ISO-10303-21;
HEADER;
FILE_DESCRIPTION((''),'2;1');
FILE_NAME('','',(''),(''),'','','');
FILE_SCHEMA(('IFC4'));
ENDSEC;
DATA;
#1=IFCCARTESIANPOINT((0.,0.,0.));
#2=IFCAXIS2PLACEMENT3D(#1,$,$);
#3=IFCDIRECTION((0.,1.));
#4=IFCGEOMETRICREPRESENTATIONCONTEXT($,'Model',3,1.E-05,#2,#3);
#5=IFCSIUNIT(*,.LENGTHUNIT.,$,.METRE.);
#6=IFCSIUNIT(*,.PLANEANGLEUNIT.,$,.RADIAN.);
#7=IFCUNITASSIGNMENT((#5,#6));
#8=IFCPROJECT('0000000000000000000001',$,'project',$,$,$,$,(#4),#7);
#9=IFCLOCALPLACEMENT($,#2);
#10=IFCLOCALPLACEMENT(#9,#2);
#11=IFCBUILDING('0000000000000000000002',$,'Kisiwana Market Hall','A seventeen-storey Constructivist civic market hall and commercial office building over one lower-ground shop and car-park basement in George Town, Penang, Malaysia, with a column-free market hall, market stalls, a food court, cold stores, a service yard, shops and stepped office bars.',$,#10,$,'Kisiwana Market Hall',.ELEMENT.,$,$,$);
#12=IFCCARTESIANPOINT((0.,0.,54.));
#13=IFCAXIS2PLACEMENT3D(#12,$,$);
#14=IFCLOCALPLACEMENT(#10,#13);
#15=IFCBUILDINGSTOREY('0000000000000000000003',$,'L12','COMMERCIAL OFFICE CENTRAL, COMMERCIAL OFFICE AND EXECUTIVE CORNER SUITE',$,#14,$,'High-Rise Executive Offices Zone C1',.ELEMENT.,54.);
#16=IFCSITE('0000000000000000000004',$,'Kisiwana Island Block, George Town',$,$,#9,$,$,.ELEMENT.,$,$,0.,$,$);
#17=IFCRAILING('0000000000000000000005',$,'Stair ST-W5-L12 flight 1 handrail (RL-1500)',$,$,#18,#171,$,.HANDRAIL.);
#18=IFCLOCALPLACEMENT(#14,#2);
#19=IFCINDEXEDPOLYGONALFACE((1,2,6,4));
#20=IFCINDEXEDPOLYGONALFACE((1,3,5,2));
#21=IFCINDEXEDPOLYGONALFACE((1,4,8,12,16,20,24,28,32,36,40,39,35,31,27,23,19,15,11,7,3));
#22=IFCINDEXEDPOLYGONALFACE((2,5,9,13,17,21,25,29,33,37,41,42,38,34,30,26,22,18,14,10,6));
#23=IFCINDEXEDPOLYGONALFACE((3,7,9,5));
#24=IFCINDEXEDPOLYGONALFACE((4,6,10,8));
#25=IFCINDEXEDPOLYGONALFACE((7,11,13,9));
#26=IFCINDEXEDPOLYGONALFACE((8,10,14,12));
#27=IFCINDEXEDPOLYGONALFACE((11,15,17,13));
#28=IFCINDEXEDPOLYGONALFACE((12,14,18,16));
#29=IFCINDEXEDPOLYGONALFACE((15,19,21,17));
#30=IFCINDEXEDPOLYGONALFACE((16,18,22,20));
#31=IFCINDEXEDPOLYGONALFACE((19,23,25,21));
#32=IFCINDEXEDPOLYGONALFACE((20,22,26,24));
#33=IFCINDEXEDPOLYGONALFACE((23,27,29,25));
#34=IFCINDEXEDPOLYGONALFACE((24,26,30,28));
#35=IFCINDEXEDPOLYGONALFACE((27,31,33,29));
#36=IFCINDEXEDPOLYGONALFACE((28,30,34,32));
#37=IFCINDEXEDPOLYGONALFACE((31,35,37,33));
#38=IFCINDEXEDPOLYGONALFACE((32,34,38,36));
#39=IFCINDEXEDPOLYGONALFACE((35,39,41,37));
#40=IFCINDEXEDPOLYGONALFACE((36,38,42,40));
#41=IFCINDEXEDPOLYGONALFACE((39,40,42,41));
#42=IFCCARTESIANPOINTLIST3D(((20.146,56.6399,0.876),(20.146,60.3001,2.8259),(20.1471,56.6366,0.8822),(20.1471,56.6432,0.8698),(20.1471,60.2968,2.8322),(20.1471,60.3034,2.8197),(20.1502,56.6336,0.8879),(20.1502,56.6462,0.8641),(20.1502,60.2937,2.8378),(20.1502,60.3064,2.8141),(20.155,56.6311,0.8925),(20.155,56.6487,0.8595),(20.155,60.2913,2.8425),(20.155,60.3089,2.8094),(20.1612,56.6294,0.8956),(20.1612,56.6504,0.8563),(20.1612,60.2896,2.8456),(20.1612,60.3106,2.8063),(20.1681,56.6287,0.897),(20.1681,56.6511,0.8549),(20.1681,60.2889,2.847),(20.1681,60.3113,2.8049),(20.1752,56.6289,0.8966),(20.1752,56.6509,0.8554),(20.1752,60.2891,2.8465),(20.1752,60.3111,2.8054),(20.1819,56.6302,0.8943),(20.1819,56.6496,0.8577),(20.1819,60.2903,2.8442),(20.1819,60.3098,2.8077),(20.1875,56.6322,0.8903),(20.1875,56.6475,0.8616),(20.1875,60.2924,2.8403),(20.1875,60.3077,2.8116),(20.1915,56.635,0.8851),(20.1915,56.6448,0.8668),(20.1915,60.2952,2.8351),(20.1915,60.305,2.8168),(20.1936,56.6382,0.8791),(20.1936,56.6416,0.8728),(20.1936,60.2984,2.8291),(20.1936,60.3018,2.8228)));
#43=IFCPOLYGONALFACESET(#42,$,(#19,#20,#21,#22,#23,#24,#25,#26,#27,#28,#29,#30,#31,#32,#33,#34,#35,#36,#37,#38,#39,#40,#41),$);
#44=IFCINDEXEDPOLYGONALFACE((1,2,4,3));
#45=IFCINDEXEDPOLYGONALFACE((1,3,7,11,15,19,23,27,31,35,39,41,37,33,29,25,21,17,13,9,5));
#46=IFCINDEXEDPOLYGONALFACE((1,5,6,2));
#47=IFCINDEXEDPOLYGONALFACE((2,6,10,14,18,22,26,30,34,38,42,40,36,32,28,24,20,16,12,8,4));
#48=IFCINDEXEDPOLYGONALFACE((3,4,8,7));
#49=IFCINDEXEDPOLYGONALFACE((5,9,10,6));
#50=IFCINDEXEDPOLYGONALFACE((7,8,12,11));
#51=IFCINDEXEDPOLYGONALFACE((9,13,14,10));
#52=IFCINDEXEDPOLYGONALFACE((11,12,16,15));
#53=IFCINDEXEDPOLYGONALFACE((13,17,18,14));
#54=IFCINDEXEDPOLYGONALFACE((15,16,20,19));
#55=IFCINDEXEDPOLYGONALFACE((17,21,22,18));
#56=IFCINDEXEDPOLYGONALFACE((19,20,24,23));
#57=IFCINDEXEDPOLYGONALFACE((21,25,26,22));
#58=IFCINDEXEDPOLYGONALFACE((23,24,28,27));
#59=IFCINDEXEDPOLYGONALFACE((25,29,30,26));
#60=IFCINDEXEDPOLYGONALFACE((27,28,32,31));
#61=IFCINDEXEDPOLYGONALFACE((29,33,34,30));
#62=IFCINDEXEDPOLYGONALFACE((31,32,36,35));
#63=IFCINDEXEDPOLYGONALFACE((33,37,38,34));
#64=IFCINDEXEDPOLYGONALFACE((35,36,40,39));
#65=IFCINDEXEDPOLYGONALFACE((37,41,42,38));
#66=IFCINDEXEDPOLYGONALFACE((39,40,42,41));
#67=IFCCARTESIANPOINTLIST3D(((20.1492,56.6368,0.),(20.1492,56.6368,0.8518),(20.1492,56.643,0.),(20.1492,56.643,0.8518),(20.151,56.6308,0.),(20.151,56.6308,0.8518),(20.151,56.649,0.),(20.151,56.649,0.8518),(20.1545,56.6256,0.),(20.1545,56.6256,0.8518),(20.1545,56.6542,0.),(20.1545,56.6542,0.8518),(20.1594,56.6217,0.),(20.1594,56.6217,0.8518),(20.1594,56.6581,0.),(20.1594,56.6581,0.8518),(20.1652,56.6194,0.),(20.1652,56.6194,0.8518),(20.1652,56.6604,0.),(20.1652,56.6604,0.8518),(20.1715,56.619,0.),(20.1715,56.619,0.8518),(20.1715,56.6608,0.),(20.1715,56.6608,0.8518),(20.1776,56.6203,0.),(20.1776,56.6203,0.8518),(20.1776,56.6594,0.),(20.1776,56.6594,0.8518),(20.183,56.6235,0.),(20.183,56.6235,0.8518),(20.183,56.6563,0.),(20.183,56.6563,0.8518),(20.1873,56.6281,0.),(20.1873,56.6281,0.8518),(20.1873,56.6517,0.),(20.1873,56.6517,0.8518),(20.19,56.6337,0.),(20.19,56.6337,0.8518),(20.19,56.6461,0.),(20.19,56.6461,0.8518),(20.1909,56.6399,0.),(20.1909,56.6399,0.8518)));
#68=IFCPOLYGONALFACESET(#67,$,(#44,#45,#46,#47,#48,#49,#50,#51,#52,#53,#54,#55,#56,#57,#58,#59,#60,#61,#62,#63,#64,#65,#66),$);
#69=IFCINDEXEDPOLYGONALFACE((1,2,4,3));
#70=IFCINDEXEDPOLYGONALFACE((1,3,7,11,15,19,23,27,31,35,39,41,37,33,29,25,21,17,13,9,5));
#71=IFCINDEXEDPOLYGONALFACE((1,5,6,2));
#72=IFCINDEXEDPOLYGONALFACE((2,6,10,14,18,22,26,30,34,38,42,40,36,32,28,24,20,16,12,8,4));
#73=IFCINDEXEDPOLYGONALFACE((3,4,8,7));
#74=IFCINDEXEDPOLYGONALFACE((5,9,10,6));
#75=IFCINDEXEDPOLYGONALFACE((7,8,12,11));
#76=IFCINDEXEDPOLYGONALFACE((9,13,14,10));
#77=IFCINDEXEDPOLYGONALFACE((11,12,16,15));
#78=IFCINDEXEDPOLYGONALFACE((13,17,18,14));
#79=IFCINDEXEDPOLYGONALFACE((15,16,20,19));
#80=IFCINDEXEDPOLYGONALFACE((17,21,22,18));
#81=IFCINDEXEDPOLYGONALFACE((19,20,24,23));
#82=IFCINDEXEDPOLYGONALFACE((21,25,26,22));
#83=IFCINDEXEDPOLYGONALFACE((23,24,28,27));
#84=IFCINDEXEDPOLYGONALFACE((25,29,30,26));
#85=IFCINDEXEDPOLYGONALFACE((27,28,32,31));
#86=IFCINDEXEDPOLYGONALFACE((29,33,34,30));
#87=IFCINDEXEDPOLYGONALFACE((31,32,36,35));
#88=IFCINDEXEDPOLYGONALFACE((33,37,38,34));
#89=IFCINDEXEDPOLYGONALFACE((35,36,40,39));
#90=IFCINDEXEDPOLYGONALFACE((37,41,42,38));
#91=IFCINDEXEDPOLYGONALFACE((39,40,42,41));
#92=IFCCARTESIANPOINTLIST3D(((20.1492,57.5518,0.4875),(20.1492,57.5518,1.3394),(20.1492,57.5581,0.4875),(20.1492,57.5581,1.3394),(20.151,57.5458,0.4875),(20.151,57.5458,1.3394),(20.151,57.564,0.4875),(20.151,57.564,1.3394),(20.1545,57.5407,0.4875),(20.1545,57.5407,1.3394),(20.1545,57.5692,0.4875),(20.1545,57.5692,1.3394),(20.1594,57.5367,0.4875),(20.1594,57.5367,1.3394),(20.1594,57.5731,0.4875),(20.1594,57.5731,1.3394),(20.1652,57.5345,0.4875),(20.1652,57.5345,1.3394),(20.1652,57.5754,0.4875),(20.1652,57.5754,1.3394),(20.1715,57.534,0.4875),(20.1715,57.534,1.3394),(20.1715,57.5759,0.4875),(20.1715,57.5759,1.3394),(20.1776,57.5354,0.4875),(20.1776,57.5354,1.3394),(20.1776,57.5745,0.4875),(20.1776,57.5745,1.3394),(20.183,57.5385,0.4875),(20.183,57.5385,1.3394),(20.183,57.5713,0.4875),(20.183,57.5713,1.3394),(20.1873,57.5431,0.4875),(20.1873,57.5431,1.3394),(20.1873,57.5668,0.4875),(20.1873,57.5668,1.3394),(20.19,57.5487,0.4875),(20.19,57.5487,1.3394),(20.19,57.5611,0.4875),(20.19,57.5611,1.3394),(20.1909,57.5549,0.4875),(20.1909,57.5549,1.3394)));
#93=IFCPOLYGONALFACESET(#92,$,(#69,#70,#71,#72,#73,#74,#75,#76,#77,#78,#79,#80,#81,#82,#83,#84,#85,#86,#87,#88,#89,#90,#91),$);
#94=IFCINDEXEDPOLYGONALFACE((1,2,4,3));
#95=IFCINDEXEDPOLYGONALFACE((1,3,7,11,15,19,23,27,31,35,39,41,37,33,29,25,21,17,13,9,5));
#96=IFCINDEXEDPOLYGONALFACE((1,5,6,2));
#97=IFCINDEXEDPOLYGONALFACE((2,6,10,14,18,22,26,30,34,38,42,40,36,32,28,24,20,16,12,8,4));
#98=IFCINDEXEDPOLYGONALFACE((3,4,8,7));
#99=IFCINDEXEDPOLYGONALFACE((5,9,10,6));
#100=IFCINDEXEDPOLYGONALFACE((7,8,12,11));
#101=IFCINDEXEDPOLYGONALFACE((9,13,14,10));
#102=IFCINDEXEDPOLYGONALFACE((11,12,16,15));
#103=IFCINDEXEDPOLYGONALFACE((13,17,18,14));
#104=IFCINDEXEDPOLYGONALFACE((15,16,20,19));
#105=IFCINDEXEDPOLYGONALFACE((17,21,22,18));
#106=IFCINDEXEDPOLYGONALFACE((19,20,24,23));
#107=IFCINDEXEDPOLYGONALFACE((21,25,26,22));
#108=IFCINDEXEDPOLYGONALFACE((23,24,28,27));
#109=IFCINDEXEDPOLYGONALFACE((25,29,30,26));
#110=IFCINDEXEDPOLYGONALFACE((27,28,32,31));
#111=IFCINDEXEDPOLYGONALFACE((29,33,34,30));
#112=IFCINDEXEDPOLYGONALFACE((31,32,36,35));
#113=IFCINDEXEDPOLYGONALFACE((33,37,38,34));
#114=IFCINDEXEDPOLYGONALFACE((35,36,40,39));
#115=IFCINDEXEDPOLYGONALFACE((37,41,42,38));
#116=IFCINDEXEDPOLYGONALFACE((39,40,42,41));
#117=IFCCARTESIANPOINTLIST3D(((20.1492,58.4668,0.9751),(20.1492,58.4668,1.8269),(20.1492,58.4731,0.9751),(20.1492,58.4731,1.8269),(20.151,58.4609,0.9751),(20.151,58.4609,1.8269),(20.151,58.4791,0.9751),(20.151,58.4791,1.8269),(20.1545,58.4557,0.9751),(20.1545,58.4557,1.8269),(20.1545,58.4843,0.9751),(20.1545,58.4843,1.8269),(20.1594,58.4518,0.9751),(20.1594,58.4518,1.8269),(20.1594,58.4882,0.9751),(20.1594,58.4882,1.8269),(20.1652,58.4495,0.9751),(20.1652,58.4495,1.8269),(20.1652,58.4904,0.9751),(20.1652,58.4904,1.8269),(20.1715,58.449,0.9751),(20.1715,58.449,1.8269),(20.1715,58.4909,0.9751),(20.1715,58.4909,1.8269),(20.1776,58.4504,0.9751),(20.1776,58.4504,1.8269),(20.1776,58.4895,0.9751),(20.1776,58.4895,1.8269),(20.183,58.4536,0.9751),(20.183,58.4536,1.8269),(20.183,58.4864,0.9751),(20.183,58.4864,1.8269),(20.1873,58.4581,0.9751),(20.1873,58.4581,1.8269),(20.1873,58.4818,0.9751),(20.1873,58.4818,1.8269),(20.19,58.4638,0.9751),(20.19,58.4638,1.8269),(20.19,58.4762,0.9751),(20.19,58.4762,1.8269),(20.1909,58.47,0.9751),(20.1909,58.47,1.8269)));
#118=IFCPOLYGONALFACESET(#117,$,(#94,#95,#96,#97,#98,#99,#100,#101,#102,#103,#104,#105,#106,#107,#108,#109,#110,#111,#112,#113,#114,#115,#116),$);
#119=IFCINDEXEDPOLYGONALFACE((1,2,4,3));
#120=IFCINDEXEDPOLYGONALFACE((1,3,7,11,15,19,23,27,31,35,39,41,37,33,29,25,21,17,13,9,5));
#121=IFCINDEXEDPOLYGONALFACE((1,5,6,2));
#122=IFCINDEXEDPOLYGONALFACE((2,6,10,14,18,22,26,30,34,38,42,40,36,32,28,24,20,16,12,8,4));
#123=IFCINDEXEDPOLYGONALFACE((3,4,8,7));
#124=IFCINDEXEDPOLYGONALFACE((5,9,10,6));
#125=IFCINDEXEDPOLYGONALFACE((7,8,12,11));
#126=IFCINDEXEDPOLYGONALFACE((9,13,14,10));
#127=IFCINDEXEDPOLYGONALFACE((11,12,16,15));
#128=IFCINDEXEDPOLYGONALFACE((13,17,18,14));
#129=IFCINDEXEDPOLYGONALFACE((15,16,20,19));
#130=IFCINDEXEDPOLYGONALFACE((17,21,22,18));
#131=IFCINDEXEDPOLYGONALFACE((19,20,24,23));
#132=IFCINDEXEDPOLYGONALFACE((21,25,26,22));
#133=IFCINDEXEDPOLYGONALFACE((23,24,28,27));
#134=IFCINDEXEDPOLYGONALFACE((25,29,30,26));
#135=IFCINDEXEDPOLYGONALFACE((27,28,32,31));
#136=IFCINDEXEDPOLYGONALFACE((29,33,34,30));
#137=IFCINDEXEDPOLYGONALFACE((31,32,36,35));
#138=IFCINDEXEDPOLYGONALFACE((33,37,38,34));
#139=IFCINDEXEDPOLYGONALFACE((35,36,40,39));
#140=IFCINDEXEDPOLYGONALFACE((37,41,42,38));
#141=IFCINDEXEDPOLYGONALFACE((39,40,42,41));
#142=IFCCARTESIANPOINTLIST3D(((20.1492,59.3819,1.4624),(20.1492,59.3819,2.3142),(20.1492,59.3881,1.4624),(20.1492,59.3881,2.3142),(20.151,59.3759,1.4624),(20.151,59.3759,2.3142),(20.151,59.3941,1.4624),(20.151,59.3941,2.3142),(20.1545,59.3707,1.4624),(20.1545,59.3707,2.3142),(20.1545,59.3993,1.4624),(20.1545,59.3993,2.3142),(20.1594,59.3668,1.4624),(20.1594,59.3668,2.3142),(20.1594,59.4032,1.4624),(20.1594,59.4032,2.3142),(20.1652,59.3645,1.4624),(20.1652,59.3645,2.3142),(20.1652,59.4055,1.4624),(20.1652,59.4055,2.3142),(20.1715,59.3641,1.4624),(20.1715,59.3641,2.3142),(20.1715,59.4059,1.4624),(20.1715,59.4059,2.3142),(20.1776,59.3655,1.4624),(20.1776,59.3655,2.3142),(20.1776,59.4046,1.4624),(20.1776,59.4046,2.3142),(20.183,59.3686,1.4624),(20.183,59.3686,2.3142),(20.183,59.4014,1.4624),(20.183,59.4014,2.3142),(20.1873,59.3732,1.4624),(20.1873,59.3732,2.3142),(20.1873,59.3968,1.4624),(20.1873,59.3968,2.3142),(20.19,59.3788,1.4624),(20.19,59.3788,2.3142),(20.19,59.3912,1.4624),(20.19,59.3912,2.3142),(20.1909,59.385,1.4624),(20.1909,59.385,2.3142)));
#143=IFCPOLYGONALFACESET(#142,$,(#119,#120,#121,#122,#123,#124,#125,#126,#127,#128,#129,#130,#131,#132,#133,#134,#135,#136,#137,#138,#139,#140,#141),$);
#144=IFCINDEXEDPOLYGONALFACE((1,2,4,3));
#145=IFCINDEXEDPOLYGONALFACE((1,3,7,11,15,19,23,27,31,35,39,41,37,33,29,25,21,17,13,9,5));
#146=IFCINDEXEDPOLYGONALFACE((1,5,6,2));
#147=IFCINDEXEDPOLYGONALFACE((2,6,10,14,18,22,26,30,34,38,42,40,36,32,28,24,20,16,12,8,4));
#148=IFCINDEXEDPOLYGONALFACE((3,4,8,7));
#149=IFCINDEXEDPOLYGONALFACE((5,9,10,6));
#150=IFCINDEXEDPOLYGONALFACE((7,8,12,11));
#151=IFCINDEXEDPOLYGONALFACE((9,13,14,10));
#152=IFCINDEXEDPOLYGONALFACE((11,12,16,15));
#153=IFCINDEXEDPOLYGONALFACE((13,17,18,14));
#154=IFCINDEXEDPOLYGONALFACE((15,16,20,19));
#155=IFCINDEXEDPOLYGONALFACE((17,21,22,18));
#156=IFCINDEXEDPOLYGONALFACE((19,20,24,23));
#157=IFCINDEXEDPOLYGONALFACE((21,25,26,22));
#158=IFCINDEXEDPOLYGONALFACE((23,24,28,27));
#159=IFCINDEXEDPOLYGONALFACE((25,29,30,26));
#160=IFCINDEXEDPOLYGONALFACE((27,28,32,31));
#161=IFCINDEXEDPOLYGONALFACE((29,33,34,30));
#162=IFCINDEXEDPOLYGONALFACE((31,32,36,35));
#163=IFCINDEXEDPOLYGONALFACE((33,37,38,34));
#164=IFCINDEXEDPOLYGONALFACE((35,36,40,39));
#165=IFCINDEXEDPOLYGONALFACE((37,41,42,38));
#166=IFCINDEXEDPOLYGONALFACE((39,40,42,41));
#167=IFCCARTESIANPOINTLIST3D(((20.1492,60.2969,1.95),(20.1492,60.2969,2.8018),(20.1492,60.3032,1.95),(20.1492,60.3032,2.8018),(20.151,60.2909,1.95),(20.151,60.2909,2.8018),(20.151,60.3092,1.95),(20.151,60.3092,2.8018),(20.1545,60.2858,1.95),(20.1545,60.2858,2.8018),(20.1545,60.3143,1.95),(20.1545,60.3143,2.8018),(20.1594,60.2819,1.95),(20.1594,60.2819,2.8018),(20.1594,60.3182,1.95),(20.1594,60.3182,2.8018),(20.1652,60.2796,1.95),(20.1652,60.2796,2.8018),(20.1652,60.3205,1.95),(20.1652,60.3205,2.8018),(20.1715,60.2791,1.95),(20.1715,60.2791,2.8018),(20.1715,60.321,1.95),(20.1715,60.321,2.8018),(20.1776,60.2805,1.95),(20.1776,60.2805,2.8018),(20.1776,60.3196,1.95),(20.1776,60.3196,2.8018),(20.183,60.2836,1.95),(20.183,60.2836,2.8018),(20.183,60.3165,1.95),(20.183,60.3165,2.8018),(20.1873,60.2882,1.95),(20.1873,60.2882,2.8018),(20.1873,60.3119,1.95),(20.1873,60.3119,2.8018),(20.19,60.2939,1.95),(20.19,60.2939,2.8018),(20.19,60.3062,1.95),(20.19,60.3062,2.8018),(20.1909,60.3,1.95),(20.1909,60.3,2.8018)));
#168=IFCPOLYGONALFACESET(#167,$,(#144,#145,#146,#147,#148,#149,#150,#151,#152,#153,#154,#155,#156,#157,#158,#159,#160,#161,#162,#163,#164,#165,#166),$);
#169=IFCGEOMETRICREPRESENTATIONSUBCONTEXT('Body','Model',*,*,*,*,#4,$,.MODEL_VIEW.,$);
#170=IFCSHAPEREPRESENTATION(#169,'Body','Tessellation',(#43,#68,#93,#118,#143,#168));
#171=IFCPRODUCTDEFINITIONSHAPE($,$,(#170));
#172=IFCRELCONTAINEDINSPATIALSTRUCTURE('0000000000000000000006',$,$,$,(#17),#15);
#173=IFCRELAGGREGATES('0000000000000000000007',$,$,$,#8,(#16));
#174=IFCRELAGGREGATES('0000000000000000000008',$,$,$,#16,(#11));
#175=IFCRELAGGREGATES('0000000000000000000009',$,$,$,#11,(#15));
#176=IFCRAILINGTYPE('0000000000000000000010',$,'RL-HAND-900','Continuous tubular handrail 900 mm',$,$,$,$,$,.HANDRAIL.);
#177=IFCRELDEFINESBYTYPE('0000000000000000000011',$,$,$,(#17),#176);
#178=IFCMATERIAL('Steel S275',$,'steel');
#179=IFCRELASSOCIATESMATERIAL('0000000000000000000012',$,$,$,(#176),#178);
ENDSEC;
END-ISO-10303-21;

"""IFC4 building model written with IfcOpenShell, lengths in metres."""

from ifc_helpers import new_model, si_unit, direction, frame, origin, origin_2d, place, context, subcontext, project, spatial, circle, extrude, material, type_object, element, save


model = new_model("IFC4")

# Units and contexts
model_context = context("Model", 3, precision=1e-05, world=origin(), true_north=direction((0.0, 1.0)))
body_context = subcontext(model_context, "Body", "Model", "MODEL_VIEW")
ifc_project = project(units=[si_unit("LENGTHUNIT", "METRE"), si_unit("PLANEANGLEUNIT", "RADIAN")], contexts=[model_context])

# Site, building, storey
site_placement = place(None, origin())
site = spatial("IfcSite", under=ifc_project, at=site_placement, Name="Kisiwana Island Block, George Town", CompositionType="ELEMENT", RefElevation=0.0)
building_placement = place(site_placement, origin())
building = spatial("IfcBuilding", under=site, at=building_placement, Name="Kisiwana Market Hall", Description="A seventeen-storey Constructivist civic market hall and commercial office building over one lower-ground shop and car-park basement in George Town, Penang, Malaysia, with a column-free market hall, market stalls, a food court, cold stores, a service yard, shops and stepped office bars.", LongName="Kisiwana Market Hall", CompositionType="ELEMENT")
storey_placement = place(building_placement, frame((0.0, 0.0, 54.0)))
storey = spatial("IfcBuildingStorey", under=building, at=storey_placement, Name="L12", Description="COMMERCIAL OFFICE CENTRAL, COMMERCIAL OFFICE AND EXECUTIVE CORNER SUITE", LongName="High-Rise Executive Offices Zone C1", CompositionType="ELEMENT", Elevation=54.0)

# Railing
ifc_material_1 = material(Name="Steel S275", Category="steel")
railing_type_1 = type_object("IfcRailingType", Name="RL-HAND-900", Description="Continuous tubular handrail 900 mm", PredefinedType="HANDRAIL", material=ifc_material_1)
railing_1_placement = place(storey_placement, frame((20.1699, 56.6399, 0.0)))
element("IfcRailing", 1, at=railing_1_placement, inside=storey, type_object=railing_type_1, Name="Stair ST-W5-L12 flight 1 handrail (RL-1500)", PredefinedType="HANDRAIL", context=body_context, shape_type="SweptSolid", body=[
    extrude(circle(Radius=0.0239, at=origin_2d()), frame((0.0, 0.0, 0.876), z_axis=(0.0, 0.882566, 0.470188), x_axis=(-1.0, 0.0, 0.0)), (0.0, 0.0, 1.0), 4.1472),
    extrude(circle(Radius=0.021, at=origin_2d()), origin(), (0.0, 0.0, 1.0), 0.8518),
    extrude(circle(Radius=0.021, at=origin_2d()), frame((0.0, 0.915, 0.4875)), (0.0, 0.0, 1.0), 0.8518),
    extrude(circle(Radius=0.021, at=origin_2d()), frame((0.0, 1.8301, 0.9751)), (0.0, 0.0, 1.0), 0.8518),
    extrude(circle(Radius=0.021, at=origin_2d()), frame((0.0, 2.7451, 1.4624)), (0.0, 0.0, 1.0), 0.8518),
    extrude(circle(Radius=0.021, at=origin_2d()), frame((0.0, 3.6602, 1.95)), (0.0, 0.0, 1.0), 0.8518),
])

save(model, "model.ifc")
